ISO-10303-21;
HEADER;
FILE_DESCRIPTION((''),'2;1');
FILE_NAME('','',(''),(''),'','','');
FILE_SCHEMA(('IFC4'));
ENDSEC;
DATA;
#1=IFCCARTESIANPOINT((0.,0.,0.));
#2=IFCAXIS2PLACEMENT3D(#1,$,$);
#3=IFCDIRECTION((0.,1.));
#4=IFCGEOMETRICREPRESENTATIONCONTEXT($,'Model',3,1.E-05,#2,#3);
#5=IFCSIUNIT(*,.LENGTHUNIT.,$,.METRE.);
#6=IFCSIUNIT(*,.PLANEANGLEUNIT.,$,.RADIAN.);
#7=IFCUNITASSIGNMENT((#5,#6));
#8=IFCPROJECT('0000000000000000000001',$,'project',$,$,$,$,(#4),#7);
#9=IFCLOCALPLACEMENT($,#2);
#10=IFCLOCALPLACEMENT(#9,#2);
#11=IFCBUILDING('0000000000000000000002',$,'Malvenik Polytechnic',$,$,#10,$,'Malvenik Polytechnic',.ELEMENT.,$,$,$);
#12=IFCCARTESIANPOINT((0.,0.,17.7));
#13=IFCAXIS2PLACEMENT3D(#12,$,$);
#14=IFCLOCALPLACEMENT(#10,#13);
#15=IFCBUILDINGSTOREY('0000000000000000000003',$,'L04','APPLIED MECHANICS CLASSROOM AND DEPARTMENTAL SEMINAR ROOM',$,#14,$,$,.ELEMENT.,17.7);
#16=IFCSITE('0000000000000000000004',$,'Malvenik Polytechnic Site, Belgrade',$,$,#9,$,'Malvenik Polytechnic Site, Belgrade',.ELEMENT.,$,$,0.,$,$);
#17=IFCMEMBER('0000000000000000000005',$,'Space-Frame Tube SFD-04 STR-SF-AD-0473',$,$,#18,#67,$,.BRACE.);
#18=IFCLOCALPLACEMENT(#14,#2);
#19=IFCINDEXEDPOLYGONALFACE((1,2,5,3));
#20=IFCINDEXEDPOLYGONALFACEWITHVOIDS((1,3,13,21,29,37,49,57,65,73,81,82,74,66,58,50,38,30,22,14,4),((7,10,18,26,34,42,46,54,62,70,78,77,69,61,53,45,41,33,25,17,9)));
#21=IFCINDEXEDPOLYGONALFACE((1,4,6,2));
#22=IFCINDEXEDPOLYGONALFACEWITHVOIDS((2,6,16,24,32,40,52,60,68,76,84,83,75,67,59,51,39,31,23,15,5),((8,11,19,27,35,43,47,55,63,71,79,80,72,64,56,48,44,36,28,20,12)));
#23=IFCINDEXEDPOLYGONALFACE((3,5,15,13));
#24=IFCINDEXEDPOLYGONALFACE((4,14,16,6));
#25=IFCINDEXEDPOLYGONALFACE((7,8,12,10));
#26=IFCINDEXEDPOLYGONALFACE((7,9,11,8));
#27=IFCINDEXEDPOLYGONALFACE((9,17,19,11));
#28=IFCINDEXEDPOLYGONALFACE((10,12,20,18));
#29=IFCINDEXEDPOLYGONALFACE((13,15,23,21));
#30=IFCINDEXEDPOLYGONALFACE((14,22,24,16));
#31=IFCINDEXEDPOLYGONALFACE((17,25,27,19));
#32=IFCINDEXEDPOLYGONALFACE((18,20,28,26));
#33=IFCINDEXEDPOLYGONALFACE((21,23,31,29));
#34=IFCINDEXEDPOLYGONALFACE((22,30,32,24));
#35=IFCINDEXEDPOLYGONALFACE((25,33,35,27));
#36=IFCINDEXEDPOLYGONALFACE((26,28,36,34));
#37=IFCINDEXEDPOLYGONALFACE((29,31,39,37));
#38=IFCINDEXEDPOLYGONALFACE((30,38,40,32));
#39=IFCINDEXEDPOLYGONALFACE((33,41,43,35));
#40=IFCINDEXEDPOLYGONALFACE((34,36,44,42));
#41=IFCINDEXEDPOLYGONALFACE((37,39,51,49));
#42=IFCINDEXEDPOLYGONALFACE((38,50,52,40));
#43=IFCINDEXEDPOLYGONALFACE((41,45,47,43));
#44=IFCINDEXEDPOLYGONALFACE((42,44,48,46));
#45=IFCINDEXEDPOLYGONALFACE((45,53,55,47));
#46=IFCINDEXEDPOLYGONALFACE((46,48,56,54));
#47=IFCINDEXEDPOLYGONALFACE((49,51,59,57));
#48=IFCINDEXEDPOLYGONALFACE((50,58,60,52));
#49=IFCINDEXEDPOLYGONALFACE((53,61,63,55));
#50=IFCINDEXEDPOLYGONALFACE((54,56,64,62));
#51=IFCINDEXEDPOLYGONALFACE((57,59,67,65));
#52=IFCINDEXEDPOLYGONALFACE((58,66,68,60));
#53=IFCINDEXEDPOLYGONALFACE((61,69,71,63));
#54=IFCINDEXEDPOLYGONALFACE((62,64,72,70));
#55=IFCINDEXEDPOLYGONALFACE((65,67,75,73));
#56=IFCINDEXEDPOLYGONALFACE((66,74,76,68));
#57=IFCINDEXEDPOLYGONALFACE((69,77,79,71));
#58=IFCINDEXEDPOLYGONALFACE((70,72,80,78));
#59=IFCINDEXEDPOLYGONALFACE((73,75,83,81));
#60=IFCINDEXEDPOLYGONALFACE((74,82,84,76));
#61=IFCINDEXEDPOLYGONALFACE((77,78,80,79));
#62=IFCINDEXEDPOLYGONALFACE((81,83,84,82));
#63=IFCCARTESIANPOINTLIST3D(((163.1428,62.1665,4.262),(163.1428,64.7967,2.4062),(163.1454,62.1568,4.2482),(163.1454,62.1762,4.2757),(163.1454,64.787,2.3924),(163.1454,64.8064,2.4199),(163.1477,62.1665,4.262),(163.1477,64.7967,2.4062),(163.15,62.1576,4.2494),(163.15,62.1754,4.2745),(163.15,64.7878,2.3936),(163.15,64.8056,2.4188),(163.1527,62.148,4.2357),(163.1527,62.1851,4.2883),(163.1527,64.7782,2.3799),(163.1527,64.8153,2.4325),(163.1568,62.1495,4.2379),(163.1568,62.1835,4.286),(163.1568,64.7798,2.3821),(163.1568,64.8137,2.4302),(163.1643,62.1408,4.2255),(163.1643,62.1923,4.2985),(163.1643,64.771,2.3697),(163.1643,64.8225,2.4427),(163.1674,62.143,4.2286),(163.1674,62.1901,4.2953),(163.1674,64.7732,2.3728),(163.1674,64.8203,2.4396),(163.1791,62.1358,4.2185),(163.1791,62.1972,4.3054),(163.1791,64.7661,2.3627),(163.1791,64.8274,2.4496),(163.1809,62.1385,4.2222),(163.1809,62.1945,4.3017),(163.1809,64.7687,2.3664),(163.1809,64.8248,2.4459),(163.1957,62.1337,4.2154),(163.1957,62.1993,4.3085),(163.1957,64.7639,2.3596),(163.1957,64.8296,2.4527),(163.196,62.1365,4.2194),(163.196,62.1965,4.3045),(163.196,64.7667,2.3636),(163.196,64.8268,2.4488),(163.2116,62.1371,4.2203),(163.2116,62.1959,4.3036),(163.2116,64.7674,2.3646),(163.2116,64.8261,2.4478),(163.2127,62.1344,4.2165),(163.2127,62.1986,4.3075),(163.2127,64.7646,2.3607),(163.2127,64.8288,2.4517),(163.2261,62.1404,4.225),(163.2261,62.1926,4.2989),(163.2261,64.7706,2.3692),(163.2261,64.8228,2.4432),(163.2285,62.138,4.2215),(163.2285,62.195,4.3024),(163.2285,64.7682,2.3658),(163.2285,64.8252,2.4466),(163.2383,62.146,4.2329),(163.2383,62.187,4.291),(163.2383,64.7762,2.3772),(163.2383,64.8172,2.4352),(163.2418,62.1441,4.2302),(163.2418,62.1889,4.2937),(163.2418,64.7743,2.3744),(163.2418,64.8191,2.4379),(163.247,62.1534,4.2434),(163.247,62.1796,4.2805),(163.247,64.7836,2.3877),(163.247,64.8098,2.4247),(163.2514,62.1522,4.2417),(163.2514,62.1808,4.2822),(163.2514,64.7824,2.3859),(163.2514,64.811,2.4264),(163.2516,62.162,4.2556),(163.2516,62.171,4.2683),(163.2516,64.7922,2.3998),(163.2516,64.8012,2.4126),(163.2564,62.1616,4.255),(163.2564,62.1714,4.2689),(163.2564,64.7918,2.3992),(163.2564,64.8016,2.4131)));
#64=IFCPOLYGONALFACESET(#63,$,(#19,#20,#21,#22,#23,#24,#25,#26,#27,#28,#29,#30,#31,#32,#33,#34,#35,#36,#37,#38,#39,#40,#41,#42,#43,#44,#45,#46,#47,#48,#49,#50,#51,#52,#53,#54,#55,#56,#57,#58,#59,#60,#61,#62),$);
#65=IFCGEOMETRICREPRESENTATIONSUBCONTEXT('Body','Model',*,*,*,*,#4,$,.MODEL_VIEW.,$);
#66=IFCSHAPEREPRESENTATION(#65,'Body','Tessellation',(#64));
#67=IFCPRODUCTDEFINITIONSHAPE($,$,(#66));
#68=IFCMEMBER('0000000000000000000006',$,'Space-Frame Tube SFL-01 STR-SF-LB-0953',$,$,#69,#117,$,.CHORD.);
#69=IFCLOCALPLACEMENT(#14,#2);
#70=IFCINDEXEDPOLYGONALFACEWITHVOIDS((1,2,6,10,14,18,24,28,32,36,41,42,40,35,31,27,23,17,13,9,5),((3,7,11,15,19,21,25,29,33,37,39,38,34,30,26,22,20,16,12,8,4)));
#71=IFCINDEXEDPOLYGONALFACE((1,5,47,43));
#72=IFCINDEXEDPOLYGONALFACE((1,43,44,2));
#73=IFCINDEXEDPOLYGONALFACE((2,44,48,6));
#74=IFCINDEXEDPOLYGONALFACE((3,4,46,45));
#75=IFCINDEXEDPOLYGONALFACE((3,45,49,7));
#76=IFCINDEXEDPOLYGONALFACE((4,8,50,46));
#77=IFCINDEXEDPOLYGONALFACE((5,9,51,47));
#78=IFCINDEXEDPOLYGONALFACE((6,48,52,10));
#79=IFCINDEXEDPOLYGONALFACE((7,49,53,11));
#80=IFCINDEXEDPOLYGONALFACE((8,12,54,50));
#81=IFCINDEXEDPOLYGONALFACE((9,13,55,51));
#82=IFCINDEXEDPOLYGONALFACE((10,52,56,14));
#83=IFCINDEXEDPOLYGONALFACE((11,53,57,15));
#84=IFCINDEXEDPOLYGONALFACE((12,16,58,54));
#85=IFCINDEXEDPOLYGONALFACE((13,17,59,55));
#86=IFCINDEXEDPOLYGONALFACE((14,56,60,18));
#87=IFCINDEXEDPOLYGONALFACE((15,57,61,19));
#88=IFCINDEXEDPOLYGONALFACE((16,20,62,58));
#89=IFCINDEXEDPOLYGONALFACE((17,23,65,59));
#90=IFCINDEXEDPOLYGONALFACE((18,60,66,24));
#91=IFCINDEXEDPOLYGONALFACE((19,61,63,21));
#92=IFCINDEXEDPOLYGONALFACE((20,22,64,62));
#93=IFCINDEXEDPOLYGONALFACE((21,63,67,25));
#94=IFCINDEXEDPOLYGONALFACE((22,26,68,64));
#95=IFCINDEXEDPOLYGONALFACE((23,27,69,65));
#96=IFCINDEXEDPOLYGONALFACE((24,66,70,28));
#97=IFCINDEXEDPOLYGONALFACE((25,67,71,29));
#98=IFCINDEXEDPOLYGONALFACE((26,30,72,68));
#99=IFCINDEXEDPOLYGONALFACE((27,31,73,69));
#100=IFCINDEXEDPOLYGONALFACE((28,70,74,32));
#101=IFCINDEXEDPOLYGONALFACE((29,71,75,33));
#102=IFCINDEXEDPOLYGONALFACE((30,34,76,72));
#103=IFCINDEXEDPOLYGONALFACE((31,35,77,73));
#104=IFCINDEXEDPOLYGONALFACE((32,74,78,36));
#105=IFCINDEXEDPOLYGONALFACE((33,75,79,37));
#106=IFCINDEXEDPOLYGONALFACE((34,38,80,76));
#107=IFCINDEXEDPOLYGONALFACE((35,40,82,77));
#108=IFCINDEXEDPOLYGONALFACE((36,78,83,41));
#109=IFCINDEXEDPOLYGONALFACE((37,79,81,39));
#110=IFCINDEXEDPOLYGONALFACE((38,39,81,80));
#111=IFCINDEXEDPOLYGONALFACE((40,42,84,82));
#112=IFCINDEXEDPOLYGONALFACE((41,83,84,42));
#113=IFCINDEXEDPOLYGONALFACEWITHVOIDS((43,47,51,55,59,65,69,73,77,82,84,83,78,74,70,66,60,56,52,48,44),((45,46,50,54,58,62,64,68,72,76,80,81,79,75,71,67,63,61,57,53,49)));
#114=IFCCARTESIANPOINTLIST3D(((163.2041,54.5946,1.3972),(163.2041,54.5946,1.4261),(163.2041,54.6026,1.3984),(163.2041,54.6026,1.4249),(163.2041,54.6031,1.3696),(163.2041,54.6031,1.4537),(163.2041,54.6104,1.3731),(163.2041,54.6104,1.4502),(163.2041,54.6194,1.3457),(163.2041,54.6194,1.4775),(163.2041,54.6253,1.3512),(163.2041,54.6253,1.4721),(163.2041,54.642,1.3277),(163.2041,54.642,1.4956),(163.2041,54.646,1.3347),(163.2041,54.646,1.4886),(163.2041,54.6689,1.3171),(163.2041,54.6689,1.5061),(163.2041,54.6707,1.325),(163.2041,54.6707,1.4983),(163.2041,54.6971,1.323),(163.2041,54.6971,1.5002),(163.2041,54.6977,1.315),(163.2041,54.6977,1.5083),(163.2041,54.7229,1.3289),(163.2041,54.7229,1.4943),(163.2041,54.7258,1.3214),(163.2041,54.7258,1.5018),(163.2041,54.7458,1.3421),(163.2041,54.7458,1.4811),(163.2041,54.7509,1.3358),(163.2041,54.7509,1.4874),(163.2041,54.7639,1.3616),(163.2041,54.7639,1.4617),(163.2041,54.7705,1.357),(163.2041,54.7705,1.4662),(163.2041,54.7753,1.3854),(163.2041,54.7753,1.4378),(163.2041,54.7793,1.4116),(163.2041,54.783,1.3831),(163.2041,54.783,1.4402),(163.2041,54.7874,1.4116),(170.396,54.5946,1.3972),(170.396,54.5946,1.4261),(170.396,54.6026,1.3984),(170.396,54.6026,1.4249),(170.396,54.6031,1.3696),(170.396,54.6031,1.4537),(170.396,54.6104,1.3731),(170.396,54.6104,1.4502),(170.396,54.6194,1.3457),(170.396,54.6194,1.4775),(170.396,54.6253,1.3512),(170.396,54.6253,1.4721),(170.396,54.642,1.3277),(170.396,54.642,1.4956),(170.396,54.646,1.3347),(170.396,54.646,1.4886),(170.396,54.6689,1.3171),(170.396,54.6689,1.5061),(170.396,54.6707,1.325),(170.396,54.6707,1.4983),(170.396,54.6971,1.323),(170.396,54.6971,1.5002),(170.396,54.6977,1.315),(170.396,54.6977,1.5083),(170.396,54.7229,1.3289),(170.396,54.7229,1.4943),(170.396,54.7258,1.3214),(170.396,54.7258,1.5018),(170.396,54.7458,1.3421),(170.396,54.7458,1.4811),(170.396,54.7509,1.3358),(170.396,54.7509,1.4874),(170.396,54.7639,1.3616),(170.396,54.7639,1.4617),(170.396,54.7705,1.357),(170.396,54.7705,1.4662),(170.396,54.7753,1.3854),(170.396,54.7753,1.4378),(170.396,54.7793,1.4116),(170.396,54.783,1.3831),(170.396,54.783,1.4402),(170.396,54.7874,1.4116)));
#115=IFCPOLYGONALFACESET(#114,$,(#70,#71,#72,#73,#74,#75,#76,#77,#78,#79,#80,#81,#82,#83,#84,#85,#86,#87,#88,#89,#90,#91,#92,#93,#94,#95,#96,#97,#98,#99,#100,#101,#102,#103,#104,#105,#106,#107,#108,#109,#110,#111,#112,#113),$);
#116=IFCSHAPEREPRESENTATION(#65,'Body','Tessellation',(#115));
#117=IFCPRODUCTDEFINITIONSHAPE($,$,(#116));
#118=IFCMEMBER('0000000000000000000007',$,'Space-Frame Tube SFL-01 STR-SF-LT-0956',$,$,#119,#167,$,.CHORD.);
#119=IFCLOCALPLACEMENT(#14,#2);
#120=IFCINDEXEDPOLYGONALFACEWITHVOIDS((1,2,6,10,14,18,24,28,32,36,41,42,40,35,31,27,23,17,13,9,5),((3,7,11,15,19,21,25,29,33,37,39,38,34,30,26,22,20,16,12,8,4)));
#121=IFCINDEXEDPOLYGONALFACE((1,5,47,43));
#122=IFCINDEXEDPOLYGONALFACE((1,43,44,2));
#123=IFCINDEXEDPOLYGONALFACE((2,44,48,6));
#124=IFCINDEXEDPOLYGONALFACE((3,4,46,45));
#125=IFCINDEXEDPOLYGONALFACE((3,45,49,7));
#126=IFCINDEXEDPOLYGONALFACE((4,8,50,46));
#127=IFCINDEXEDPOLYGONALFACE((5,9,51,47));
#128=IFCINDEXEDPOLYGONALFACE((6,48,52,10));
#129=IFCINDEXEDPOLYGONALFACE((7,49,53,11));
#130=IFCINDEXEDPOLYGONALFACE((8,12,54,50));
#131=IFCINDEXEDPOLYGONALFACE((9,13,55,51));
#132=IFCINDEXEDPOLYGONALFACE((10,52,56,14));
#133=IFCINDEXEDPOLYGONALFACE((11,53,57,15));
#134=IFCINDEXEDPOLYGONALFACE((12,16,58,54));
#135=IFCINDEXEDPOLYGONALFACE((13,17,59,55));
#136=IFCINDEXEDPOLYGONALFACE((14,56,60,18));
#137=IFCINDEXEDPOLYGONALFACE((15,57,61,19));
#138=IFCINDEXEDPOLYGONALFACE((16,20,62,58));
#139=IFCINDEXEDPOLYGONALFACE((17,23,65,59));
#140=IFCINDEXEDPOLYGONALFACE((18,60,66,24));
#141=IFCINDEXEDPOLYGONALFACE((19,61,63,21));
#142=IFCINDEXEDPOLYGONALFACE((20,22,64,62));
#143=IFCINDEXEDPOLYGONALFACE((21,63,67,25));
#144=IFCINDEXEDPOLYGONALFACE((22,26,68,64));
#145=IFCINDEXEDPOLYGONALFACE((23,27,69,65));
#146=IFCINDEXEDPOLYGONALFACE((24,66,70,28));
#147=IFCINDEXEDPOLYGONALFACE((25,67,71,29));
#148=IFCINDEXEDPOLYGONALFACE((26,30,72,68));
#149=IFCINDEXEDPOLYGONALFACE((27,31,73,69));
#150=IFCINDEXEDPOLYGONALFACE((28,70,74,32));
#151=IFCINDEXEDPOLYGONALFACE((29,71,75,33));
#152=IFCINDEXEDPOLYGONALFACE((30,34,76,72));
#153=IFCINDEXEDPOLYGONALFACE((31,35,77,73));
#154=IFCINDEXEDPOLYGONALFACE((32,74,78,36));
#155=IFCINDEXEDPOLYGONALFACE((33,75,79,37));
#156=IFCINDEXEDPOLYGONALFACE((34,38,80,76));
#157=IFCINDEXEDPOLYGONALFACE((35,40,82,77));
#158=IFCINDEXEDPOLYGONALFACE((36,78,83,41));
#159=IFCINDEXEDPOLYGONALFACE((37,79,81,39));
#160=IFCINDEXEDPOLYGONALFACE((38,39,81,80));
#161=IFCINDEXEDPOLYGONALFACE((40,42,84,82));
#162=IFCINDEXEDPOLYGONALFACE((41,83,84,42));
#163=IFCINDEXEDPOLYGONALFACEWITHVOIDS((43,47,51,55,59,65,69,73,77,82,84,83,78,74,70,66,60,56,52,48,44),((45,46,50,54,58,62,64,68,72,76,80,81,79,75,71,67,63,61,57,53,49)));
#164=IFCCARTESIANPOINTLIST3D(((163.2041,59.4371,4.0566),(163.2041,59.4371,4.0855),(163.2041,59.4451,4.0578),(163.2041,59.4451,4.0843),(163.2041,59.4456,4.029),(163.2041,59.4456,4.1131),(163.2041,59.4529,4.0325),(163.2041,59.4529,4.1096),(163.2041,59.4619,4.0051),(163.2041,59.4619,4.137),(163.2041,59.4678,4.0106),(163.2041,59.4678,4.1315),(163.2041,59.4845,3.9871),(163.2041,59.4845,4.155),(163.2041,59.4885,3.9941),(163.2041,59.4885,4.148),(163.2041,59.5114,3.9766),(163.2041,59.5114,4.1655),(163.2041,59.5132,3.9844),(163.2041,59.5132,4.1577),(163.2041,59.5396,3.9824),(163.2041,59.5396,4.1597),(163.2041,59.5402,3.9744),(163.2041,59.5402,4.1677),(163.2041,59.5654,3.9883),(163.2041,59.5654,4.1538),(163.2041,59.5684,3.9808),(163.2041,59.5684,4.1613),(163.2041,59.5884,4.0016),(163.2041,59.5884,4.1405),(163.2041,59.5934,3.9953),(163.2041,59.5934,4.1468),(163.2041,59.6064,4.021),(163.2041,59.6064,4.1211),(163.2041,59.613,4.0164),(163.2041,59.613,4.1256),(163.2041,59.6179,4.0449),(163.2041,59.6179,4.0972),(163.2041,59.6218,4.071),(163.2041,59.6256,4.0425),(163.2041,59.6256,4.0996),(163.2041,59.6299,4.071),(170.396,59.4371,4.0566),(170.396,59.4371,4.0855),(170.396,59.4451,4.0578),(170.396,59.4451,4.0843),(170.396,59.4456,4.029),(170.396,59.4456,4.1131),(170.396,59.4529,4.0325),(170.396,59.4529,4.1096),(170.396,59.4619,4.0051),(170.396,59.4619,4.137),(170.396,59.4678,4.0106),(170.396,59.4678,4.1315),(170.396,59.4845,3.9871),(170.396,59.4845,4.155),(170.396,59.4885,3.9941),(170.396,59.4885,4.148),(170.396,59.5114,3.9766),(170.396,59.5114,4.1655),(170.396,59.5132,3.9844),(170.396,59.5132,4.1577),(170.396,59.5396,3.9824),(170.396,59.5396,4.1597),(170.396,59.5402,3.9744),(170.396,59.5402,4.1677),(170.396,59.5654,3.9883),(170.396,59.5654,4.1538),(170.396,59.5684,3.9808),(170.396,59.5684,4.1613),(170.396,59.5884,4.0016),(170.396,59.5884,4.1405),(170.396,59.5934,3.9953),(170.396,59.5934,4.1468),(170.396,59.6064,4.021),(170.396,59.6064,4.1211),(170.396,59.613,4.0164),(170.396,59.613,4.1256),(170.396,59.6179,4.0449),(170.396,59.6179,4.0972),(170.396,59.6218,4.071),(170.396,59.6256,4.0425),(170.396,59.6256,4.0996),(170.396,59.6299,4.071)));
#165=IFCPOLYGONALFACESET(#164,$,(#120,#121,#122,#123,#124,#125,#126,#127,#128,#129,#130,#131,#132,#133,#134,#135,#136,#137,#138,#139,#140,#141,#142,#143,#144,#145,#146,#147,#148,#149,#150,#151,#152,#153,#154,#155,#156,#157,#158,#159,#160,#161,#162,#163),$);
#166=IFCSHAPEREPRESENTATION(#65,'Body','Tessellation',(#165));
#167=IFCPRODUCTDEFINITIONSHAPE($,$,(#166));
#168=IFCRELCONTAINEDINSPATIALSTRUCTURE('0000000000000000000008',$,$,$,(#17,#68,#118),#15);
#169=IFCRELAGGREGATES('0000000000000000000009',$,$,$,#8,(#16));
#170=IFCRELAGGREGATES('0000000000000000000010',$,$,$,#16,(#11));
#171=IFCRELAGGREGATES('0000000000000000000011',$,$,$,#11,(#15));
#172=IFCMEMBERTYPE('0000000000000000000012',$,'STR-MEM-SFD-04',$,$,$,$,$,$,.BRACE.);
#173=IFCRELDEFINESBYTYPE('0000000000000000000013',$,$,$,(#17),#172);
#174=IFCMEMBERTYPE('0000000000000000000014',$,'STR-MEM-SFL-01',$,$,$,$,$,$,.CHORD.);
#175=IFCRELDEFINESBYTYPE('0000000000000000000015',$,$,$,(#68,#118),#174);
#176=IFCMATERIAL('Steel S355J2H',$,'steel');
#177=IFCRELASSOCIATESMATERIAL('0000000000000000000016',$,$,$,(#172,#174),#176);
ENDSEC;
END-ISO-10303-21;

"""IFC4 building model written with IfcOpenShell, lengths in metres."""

from ifc_helpers import new_model, si_unit, direction, frame, origin, origin_2d, place, context, subcontext, project, spatial, hollow_circle, extrude, material, material_profile, profile_set, type_object, element, save


model = new_model("IFC4")

# Units and contexts
model_context = context("Model", 3, precision=1e-05, world=origin(), true_north=direction((0.0, 1.0)))
body_context = subcontext(model_context, "Body", "Model", "MODEL_VIEW")
ifc_project = project(units=[si_unit("LENGTHUNIT", "METRE"), si_unit("PLANEANGLEUNIT", "RADIAN")], contexts=[model_context])

# Site, building, storey
site_placement = place(None, origin())
site = spatial("IfcSite", under=ifc_project, at=site_placement, Name="Malvenik Polytechnic Site, Belgrade", LongName="Malvenik Polytechnic Site, Belgrade", CompositionType="ELEMENT", RefElevation=0.0)
building_placement = place(site_placement, origin())
building = spatial("IfcBuilding", under=site, at=building_placement, Name="Malvenik Polytechnic", LongName="Malvenik Polytechnic", CompositionType="ELEMENT")
storey_placement = place(building_placement, frame((0.0, 0.0, 17.7)))
storey = spatial("IfcBuildingStorey", under=building, at=storey_placement, Name="L04", Description="APPLIED MECHANICS CLASSROOM AND DEPARTMENTAL SEMINAR ROOM", CompositionType="ELEMENT", Elevation=17.7)

# Members
ifc_material_1 = material(Name="Steel S355J2H", Category="steel")
ifc_material_profile_1 = material_profile(ifc_material_1, hollow_circle(Radius=0.0571, WallThickness=0.0049, at=origin_2d()), Name="CHS 114.3x5.0")
ifc_profile_set_1 = profile_set([ifc_material_profile_1], Name="Steel S355J2H")
member_type_1 = type_object("IfcMemberType", Name="STR-MEM-SFD-04", PredefinedType="BRACE", material=ifc_profile_set_1)
for number, where, z_axis, x_axis, name in (
    (1, (163.2, 62.1665, 4.262), (0.0, 0.817092, -0.576507), (-1.0, 0.0, 0.0), "Space-Frame Tube SFD-04 STR-SF-AD-0473"),
):
    element("IfcMember", number, at=place(storey_placement, frame(where, z_axis=z_axis, x_axis=x_axis)), inside=storey, type_object=member_type_1, Name=name, PredefinedType="BRACE", context=body_context, shape_type="SweptSolid", body=[
        extrude(hollow_circle(Radius=0.0571, WallThickness=0.0049, at=origin_2d()), origin(), (0.0, 0.0, 1.0), 3.219),
    ])
ifc_material_profile_2 = material_profile(ifc_material_1, hollow_circle(Radius=0.0969, WallThickness=0.0081, at=origin_2d()), Name="CHS 193.7x8.0")
ifc_profile_set_2 = profile_set([ifc_material_profile_2], Name="Steel S355J2H")
member_type_2 = type_object("IfcMemberType", Name="STR-MEM-SFL-01", PredefinedType="CHORD", material=ifc_profile_set_2)
for number, where, z_axis, x_axis, name in (
    (2, (163.2041, 54.6904, 1.4116), (1.0, 0.0, 0.0), (0.0, 1.0, 0.0), "Space-Frame Tube SFL-01 STR-SF-LB-0953"),
    (3, (163.2041, 59.533, 4.071), (1.0, 0.0, 0.0), (0.0, 1.0, 0.0), "Space-Frame Tube SFL-01 STR-SF-LT-0956"),
):
    element("IfcMember", number, at=place(storey_placement, frame(where, z_axis=z_axis, x_axis=x_axis)), inside=storey, type_object=member_type_2, Name=name, PredefinedType="CHORD", context=body_context, shape_type="SweptSolid", body=[
        extrude(hollow_circle(Radius=0.0969, WallThickness=0.0081, at=origin_2d()), origin(), (0.0, 0.0, 1.0), 7.1919),
    ])

save(model, "model.ifc")
